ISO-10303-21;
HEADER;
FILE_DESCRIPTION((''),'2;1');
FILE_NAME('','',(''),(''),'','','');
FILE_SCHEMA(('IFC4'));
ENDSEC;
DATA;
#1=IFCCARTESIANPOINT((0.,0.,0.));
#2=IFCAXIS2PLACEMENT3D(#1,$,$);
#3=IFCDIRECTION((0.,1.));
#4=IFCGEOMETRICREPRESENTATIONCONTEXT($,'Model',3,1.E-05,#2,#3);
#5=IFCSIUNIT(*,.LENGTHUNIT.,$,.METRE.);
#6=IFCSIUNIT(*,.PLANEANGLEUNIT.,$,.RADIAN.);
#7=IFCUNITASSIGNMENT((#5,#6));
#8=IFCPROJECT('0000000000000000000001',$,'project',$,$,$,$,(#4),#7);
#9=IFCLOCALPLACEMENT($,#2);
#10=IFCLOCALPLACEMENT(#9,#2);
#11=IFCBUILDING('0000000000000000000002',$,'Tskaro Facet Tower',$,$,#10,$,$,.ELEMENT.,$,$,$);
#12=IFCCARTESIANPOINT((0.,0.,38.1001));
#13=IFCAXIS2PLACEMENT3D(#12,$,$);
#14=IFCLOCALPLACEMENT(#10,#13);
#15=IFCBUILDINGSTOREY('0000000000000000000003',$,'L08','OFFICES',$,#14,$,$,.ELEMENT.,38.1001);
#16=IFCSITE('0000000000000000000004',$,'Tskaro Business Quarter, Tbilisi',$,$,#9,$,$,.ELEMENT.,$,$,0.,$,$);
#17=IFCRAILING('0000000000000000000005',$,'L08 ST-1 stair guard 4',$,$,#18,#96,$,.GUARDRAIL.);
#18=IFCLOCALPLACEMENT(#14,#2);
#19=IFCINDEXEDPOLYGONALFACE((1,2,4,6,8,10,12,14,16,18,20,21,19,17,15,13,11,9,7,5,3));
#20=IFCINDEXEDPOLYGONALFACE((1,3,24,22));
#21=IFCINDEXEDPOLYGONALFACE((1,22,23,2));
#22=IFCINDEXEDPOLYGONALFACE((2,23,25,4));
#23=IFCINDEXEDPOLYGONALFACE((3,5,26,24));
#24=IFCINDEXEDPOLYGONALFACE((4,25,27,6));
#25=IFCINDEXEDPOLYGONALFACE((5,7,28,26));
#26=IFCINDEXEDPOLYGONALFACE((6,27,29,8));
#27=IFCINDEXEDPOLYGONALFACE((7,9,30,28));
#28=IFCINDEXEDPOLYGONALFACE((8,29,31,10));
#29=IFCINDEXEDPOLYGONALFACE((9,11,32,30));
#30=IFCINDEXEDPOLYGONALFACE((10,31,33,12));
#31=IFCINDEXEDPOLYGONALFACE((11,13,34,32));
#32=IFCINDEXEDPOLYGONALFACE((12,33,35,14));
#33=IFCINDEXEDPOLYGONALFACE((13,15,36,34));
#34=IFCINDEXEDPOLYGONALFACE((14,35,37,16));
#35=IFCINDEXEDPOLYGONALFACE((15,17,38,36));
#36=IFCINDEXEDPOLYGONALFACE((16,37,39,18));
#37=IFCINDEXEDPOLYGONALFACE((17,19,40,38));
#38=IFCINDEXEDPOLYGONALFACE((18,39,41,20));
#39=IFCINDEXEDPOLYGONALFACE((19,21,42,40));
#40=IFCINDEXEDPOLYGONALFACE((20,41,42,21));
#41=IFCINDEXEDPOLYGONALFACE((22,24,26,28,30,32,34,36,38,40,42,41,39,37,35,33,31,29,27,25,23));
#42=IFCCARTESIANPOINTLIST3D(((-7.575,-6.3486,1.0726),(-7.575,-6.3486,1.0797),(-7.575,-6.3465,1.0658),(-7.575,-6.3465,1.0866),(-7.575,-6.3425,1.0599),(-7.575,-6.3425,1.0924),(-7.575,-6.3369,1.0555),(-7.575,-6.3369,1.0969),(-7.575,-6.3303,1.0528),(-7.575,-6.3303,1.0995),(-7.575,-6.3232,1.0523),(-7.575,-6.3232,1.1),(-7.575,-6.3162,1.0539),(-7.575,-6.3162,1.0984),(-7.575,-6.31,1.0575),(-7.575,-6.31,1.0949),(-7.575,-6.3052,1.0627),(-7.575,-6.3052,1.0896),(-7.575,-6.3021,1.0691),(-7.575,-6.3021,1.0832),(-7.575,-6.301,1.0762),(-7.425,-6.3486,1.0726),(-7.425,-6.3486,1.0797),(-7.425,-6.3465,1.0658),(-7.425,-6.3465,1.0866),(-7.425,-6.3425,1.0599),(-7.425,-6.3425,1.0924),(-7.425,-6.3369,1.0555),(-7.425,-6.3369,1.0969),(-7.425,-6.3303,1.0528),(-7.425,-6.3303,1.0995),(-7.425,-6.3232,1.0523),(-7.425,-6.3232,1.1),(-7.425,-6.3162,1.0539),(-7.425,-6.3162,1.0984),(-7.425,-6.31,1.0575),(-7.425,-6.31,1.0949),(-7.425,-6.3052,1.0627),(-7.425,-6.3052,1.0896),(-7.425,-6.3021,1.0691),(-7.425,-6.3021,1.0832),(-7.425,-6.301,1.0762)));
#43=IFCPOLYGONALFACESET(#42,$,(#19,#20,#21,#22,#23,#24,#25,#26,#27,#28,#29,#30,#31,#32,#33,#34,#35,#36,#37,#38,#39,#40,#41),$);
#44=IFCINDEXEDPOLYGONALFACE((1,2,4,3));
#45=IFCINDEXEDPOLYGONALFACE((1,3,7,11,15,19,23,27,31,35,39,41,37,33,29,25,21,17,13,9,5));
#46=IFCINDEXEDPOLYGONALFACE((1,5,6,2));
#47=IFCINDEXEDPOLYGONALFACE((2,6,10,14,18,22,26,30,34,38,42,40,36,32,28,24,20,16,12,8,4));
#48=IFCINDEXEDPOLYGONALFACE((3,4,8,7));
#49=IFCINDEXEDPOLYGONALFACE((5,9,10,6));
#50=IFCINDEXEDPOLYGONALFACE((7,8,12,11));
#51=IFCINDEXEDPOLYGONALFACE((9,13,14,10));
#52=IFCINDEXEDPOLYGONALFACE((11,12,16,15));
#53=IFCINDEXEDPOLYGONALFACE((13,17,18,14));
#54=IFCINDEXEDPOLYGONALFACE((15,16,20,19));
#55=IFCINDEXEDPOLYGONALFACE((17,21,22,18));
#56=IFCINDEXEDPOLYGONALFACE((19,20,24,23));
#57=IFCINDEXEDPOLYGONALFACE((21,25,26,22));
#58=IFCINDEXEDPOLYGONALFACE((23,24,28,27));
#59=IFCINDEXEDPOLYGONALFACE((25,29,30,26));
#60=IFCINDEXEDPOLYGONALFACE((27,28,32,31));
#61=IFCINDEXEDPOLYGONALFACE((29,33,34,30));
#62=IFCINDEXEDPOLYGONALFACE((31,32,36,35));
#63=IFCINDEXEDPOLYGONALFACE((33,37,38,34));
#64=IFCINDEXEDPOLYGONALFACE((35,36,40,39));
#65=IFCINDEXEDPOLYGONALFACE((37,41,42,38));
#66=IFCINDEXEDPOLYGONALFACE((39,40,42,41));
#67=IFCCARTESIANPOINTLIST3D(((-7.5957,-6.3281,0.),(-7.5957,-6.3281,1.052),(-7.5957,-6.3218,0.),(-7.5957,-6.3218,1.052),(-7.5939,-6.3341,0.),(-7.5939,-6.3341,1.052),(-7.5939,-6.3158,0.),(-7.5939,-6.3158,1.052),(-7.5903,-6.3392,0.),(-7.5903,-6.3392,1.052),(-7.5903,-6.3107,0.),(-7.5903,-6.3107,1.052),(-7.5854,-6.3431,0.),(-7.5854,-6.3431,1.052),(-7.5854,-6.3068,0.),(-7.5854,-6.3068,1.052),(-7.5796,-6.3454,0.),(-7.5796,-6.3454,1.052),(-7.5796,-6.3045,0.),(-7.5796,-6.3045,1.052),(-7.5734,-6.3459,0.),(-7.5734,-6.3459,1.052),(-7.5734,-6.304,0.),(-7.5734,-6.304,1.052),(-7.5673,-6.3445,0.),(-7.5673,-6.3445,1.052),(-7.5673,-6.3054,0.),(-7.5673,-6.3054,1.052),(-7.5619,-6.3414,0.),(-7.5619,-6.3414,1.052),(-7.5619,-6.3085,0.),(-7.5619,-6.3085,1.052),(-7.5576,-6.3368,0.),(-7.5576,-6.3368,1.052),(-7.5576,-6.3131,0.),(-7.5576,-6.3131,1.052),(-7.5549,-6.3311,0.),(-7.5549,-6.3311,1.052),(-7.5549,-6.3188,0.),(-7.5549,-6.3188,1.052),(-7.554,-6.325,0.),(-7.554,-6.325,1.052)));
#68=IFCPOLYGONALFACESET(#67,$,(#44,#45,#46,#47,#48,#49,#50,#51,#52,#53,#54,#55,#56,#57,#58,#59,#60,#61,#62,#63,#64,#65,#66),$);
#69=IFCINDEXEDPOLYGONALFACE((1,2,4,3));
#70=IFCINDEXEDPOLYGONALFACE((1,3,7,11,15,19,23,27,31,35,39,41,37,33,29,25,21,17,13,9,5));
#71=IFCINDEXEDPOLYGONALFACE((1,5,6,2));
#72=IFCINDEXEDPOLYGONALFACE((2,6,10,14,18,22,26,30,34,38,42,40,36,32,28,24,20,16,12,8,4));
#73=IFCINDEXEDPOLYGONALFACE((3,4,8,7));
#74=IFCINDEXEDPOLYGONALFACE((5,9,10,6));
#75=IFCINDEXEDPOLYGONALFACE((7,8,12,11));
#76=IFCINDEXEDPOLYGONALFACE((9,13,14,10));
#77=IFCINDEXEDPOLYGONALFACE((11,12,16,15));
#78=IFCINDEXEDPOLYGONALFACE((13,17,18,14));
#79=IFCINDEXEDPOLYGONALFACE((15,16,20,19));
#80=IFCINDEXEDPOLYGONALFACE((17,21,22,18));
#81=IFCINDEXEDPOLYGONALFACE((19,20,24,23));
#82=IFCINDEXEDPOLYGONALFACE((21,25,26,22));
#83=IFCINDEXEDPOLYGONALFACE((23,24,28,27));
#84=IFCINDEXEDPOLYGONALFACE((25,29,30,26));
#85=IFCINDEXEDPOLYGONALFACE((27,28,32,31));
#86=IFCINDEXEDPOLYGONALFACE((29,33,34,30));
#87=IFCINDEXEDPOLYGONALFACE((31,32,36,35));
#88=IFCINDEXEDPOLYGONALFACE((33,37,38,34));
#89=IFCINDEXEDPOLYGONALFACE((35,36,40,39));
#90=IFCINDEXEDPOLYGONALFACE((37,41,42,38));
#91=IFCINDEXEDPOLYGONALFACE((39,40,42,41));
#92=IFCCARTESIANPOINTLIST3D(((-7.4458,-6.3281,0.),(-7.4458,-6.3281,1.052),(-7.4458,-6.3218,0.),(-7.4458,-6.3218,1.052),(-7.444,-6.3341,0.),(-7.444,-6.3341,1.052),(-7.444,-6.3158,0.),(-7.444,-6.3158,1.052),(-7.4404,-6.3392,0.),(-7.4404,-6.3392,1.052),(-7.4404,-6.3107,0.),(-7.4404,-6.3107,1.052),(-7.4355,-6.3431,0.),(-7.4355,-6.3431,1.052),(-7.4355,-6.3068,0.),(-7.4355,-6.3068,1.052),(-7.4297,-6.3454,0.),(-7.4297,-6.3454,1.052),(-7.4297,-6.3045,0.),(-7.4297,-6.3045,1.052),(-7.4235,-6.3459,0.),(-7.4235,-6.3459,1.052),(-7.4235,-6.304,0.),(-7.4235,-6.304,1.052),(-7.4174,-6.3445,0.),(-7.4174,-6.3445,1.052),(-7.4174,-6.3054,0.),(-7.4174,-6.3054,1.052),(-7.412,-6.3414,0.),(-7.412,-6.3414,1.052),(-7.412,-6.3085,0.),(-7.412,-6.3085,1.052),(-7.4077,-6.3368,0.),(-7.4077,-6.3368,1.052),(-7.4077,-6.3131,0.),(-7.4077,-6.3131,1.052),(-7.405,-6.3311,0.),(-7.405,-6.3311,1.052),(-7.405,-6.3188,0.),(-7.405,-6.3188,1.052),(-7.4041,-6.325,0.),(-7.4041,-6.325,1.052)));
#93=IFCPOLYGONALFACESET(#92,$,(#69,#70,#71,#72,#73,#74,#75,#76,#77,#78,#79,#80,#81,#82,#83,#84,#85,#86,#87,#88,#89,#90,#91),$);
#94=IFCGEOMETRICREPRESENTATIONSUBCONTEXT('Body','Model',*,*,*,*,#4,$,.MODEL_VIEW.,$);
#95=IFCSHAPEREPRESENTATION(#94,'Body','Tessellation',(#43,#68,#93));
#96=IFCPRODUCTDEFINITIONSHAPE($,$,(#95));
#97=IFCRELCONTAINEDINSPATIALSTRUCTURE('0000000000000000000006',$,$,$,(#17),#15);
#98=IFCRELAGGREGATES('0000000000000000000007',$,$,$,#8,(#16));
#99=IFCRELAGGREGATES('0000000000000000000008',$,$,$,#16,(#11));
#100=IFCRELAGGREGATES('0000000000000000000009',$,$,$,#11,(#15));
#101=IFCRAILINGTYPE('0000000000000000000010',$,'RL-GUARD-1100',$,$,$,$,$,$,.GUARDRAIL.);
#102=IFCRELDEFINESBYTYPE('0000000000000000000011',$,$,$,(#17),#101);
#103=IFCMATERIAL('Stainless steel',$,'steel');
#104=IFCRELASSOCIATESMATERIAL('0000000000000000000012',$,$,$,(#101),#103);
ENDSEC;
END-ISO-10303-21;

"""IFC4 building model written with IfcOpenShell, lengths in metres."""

from ifc_helpers import new_model, si_unit, direction, frame, origin, origin_2d, place, context, subcontext, project, spatial, circle, extrude, material, type_object, element, save


model = new_model("IFC4")

# Units and contexts
model_context = context("Model", 3, precision=1e-05, world=origin(), true_north=direction((0.0, 1.0)))
body_context = subcontext(model_context, "Body", "Model", "MODEL_VIEW")
ifc_project = project(units=[si_unit("LENGTHUNIT", "METRE"), si_unit("PLANEANGLEUNIT", "RADIAN")], contexts=[model_context])

# Site, building, storey
site_placement = place(None, origin())
site = spatial("IfcSite", under=ifc_project, at=site_placement, Name="Tskaro Business Quarter, Tbilisi", CompositionType="ELEMENT", RefElevation=0.0)
building_placement = place(site_placement, origin())
building = spatial("IfcBuilding", under=site, at=building_placement, Name="Tskaro Facet Tower", CompositionType="ELEMENT")
storey_placement = place(building_placement, frame((0.0, 0.0, 38.1001)))
storey = spatial("IfcBuildingStorey", under=building, at=storey_placement, Name="L08", Description="OFFICES", CompositionType="ELEMENT", Elevation=38.1001)

# Shared definitions
ifc_material_1 = material(Name="Stainless steel", Category="steel")

# Railing
railing_type_1 = type_object("IfcRailingType", Name="RL-GUARD-1100", PredefinedType="GUARDRAIL", material=ifc_material_1)
railing_1_placement = place(storey_placement, frame((-7.575, -6.325, 0.0)))
element("IfcRailing", 1, at=railing_1_placement, inside=storey, type_object=railing_type_1, Name="L08 ST-1 stair guard 4", PredefinedType="GUARDRAIL", context=body_context, shape_type="SweptSolid", body=[
    extrude(circle(Radius=0.0239, at=origin_2d()), frame((0.0, 0.0, 1.0762), z_axis=(1.0, 0.0, 0.0), x_axis=(0.0, 1.0, 0.0)), (0.0, 0.0, 1.0), 0.1499),
    extrude(circle(Radius=0.021, at=origin_2d()), origin(), (0.0, 0.0, 1.0), 1.052),
    extrude(circle(Radius=0.021, at=origin_2d()), frame((0.1499, 0.0, 0.0)), (0.0, 0.0, 1.0), 1.052),
])

save(model, "model.ifc")
